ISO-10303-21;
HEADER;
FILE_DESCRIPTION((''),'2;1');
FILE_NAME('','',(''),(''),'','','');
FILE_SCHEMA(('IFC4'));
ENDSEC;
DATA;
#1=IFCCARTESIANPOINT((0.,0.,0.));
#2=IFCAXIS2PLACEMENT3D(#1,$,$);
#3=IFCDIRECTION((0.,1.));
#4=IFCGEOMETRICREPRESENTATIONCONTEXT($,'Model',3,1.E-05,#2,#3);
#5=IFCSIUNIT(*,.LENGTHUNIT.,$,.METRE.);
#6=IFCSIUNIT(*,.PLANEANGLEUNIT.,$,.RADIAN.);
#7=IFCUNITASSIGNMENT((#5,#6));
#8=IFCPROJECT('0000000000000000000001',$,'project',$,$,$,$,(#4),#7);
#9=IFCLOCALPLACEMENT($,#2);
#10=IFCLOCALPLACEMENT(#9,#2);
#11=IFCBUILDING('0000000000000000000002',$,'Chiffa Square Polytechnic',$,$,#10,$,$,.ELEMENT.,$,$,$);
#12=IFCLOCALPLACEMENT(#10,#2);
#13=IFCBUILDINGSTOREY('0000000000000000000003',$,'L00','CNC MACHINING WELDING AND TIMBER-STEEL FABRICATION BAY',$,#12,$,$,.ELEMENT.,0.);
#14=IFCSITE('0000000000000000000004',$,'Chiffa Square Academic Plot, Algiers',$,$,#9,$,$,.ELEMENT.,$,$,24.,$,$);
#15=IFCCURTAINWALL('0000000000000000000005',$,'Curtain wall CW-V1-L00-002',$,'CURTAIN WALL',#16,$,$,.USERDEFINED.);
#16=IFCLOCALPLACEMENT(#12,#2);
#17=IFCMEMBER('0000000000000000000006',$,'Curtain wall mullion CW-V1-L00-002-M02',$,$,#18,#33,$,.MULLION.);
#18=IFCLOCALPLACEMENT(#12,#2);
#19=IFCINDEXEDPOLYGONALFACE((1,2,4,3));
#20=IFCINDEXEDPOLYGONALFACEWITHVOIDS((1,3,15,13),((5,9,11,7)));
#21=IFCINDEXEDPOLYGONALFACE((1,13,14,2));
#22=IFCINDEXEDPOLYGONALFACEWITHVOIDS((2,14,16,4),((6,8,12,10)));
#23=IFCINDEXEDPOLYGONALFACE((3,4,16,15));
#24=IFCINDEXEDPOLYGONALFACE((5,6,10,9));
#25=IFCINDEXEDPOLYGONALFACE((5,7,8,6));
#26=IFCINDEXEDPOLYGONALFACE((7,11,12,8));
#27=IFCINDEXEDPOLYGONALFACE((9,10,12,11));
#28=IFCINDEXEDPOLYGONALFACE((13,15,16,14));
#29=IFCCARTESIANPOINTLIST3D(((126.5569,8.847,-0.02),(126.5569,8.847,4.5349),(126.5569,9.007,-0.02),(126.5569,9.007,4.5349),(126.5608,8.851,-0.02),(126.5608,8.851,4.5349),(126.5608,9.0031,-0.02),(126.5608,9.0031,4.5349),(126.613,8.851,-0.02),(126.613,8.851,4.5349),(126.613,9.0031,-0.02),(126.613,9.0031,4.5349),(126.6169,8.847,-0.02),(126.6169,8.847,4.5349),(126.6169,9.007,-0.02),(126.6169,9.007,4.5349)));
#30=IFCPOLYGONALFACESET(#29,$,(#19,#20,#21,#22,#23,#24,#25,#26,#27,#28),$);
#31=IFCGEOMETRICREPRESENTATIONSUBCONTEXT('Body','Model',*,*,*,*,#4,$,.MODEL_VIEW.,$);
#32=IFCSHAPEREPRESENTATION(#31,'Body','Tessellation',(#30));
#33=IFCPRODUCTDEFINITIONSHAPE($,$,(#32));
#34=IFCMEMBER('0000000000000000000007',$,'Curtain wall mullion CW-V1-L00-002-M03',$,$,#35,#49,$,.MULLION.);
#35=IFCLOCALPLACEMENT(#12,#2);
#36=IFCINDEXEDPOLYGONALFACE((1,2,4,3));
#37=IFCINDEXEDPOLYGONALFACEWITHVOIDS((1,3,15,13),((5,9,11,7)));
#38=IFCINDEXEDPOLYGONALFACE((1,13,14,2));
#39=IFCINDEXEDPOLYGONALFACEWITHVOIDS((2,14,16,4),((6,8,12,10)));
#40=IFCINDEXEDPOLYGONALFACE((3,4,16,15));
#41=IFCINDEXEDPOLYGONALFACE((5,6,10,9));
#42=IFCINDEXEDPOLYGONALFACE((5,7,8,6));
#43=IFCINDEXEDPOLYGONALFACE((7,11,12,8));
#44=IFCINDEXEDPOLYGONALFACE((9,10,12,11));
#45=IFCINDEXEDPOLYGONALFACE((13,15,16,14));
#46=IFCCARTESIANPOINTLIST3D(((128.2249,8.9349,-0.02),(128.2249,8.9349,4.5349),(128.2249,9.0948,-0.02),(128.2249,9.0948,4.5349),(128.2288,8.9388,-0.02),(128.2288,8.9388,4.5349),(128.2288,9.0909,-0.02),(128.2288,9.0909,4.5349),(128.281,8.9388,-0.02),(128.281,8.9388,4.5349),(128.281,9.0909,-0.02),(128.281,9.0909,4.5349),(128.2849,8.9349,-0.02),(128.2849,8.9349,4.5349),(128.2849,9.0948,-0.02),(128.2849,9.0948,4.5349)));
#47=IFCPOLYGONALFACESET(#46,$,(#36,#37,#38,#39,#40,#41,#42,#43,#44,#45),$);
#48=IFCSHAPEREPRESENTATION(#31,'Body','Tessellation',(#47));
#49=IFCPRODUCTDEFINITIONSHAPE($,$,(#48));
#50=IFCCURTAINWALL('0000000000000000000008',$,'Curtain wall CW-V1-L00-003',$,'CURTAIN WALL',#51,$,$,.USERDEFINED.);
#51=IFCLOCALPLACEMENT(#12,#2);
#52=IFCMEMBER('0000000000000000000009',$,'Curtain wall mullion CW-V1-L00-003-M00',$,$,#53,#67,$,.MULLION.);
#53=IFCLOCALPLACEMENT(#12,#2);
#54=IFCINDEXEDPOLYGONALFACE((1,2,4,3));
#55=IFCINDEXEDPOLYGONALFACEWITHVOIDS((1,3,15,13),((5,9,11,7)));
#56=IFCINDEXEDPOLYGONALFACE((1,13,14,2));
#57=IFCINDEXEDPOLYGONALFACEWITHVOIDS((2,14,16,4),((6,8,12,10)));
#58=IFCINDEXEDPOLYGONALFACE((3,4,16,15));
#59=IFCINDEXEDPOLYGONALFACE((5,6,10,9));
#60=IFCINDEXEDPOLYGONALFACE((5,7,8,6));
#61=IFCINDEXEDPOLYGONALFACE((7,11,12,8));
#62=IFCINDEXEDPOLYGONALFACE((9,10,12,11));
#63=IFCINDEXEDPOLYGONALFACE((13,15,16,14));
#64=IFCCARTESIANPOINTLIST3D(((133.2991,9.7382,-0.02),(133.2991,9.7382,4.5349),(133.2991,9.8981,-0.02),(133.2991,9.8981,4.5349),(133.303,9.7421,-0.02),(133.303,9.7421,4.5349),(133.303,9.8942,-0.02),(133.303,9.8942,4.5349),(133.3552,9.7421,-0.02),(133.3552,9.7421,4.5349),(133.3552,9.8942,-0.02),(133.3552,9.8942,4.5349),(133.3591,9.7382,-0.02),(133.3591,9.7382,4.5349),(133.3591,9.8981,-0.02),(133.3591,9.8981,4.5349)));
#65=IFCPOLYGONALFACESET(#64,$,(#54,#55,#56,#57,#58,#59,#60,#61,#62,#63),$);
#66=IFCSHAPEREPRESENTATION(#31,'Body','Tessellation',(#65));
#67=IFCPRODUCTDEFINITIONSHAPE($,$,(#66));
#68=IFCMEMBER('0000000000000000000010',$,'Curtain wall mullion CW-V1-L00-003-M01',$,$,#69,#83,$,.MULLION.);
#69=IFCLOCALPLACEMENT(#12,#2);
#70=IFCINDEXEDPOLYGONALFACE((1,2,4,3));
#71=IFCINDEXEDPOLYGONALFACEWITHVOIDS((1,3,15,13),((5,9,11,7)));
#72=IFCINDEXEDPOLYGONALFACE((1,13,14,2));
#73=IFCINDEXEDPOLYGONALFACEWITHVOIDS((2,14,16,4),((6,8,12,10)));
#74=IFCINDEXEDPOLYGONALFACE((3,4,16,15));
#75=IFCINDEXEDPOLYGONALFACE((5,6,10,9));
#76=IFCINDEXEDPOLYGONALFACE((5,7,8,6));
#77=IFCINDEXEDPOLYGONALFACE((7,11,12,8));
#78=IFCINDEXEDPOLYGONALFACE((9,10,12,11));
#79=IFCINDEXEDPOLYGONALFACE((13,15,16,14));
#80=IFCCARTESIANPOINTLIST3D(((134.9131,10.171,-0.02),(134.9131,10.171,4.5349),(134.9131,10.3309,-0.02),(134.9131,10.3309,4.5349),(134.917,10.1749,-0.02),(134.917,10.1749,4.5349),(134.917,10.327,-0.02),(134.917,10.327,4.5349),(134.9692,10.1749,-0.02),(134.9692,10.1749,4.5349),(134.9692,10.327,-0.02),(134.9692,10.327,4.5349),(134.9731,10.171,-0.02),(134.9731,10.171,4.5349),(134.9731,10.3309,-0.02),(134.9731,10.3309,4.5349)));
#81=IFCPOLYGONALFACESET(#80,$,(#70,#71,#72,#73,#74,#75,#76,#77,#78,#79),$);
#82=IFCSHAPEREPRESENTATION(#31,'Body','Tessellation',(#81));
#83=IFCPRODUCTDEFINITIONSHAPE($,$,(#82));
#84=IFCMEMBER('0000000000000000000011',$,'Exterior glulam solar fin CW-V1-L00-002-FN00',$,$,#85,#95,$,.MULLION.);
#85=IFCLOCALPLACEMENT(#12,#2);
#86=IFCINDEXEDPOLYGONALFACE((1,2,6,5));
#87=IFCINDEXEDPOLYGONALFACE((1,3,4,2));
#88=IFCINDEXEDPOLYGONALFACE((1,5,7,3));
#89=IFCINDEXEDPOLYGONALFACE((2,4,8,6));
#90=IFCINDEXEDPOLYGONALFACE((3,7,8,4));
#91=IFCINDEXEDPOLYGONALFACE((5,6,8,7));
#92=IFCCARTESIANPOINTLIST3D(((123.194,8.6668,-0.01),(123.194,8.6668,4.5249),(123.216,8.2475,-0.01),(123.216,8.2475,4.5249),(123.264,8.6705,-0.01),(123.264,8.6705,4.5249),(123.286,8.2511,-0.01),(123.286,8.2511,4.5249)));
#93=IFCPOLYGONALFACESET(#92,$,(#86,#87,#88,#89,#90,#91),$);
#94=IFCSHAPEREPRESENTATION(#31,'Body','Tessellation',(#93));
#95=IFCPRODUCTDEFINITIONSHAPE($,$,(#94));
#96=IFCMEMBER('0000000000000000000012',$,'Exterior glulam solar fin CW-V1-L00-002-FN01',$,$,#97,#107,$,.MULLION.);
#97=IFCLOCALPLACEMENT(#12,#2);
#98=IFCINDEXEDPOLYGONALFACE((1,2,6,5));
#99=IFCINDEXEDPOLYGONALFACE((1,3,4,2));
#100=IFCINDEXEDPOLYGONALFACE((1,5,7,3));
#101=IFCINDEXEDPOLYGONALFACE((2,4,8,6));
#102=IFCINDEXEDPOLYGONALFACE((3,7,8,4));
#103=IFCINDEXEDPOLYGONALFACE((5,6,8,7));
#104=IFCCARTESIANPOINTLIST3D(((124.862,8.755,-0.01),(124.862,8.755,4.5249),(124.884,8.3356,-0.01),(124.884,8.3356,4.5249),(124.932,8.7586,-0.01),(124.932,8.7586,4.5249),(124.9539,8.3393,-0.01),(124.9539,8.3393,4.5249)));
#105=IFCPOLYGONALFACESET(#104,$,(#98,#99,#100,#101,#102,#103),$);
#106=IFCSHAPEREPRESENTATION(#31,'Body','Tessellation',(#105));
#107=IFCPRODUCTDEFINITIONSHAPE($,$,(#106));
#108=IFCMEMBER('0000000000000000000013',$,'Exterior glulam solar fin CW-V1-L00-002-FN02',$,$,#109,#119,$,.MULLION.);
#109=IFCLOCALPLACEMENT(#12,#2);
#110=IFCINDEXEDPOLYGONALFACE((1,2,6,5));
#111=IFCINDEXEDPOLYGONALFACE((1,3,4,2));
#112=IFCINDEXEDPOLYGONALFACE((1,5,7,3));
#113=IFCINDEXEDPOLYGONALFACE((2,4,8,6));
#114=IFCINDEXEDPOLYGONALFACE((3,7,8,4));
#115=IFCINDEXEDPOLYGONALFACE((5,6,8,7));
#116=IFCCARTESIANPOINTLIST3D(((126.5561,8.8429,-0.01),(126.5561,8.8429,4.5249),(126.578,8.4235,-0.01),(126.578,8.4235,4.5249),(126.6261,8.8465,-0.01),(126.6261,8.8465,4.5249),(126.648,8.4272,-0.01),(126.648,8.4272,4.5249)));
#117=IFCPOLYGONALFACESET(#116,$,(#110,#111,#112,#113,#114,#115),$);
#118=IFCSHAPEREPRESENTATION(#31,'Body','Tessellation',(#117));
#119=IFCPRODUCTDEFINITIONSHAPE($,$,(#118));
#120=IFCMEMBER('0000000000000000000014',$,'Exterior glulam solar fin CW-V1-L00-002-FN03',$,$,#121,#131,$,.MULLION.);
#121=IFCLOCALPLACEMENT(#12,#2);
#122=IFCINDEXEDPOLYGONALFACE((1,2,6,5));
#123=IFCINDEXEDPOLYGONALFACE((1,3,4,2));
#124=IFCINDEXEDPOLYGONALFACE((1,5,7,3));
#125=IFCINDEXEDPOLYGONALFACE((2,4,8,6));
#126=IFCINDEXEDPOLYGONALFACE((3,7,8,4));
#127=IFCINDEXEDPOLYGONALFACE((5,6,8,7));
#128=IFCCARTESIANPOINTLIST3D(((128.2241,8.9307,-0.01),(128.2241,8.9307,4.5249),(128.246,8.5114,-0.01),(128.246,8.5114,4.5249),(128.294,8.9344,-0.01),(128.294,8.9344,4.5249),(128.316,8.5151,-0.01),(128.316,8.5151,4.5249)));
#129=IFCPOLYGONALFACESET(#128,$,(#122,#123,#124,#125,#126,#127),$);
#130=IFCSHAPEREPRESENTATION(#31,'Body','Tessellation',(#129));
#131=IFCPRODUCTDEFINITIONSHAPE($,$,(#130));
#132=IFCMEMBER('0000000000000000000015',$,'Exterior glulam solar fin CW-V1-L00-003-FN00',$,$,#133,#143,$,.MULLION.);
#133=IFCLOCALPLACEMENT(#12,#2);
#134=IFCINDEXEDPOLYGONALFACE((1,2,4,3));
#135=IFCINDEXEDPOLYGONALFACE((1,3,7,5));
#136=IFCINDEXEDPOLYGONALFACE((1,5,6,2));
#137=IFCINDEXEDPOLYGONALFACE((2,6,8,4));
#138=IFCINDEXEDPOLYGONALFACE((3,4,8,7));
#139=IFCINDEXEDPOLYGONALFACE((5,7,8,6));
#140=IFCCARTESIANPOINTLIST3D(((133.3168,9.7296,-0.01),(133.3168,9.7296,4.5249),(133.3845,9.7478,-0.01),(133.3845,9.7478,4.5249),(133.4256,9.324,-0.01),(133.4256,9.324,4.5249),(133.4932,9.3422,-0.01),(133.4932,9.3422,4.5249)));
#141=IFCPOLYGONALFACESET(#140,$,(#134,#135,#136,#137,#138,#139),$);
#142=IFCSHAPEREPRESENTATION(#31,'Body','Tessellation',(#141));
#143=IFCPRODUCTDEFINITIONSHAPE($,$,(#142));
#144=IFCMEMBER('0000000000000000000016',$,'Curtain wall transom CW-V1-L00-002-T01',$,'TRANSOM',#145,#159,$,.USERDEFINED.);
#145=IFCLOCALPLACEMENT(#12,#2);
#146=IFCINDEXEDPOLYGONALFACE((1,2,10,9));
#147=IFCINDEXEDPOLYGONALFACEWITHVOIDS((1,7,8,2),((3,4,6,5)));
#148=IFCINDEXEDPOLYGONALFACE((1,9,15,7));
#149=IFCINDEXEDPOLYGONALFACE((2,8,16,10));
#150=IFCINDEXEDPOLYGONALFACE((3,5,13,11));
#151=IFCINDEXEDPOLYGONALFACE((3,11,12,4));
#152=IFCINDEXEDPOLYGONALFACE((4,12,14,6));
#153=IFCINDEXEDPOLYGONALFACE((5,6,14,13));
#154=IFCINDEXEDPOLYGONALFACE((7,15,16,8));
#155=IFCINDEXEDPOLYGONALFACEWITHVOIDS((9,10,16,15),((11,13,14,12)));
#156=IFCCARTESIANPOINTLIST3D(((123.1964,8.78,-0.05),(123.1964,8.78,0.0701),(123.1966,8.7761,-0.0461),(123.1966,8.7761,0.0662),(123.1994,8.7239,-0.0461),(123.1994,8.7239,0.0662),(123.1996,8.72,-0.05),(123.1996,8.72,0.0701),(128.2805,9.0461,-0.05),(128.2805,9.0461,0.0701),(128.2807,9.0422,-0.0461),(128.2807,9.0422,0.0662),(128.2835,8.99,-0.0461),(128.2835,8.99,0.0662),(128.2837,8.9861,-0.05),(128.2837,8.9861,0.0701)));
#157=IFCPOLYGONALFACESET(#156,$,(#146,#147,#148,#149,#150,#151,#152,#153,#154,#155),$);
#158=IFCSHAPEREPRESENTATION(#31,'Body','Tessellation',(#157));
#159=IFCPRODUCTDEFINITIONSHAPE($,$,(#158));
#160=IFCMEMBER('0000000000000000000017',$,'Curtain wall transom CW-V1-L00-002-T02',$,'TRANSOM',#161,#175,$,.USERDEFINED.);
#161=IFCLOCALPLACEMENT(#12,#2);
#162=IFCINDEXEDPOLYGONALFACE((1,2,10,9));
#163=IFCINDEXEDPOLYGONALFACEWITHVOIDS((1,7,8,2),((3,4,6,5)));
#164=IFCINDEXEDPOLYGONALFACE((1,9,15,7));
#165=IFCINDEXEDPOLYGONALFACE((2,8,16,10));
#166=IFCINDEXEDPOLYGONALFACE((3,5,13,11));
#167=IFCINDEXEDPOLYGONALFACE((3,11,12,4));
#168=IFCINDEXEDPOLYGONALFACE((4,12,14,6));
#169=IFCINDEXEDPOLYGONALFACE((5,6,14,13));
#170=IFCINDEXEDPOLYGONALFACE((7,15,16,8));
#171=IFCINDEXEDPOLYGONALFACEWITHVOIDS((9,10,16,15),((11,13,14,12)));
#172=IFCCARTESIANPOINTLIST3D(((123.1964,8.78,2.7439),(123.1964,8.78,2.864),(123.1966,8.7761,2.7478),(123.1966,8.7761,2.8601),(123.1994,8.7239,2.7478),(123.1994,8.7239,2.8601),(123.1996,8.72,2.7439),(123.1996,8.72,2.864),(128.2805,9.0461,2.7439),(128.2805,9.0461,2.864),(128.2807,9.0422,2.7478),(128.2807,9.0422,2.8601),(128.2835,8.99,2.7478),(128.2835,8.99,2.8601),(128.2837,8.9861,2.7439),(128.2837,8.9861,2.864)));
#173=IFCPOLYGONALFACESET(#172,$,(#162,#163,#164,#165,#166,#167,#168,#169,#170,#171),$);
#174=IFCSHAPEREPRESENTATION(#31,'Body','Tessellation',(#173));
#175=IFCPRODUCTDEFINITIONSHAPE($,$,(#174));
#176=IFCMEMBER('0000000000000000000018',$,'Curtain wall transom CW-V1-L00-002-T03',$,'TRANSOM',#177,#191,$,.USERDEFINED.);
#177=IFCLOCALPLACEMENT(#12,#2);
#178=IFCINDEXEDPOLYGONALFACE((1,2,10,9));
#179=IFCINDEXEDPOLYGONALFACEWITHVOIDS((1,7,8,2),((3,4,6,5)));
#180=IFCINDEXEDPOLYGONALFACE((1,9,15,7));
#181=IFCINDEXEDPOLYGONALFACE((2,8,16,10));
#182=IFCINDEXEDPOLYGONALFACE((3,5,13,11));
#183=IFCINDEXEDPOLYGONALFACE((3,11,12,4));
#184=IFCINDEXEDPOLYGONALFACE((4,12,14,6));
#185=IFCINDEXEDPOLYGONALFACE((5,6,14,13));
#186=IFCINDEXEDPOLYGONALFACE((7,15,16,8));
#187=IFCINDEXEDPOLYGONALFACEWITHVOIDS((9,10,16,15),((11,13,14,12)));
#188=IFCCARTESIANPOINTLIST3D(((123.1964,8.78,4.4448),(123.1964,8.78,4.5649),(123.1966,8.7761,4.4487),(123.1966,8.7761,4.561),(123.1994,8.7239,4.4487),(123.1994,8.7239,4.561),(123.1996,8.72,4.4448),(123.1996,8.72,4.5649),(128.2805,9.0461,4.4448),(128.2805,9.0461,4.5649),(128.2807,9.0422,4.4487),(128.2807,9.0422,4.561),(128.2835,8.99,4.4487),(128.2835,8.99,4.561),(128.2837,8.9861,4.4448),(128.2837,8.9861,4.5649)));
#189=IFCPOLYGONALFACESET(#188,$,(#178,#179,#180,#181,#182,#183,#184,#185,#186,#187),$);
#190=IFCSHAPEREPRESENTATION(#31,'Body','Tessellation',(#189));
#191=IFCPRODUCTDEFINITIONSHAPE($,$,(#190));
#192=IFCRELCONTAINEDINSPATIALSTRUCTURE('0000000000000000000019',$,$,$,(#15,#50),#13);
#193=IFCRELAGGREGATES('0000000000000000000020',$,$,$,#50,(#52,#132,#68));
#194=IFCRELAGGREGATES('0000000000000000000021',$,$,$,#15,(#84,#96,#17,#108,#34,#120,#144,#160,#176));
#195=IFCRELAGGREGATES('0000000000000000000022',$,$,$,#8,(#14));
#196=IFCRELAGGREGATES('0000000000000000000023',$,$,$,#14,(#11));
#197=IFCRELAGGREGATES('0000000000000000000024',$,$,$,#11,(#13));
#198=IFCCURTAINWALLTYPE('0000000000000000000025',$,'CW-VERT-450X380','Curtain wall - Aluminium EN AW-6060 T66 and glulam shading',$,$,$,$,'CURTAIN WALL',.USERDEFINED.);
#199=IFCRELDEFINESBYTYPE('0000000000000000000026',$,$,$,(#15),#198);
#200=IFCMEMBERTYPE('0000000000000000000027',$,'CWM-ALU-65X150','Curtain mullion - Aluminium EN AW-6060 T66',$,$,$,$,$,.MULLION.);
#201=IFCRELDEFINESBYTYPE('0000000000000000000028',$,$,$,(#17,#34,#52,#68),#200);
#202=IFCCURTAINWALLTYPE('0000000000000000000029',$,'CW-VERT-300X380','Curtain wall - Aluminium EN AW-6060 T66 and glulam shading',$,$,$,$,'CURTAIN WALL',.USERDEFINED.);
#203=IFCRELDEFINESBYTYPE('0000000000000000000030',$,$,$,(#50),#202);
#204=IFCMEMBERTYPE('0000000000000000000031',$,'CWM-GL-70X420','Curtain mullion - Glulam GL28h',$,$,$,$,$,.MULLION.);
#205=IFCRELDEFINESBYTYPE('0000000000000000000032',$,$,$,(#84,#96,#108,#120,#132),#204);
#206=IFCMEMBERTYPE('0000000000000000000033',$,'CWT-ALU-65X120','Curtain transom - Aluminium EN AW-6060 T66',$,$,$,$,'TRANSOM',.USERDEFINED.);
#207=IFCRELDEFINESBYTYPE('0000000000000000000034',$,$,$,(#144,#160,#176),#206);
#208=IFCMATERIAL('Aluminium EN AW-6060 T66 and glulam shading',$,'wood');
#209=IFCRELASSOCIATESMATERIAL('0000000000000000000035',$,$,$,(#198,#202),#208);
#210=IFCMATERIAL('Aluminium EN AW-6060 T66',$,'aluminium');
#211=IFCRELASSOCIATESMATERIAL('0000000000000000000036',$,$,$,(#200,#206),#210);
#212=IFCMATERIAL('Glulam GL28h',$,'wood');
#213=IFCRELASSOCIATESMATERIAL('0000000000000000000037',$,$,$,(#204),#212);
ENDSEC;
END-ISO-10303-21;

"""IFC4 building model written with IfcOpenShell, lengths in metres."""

from ifc_helpers import new_model, si_unit, direction, frame, origin, origin_2d, place, context, subcontext, project, spatial, rectangle, hollow_rectangle, extrude, material, material_profile, profile_set, type_object, element, aggregate, save


model = new_model("IFC4")

# Units and contexts
model_context = context("Model", 3, precision=1e-05, world=origin(), true_north=direction((0.0, 1.0)))
body_context = subcontext(model_context, "Body", "Model", "MODEL_VIEW")
ifc_project = project(units=[si_unit("LENGTHUNIT", "METRE"), si_unit("PLANEANGLEUNIT", "RADIAN")], contexts=[model_context])

# Site, building, storey
site_placement = place(None, origin())
site = spatial("IfcSite", under=ifc_project, at=site_placement, Name="Chiffa Square Academic Plot, Algiers", CompositionType="ELEMENT", RefElevation=24.0)
building_placement = place(site_placement, origin())
building = spatial("IfcBuilding", under=site, at=building_placement, Name="Chiffa Square Polytechnic", CompositionType="ELEMENT")
storey_placement = place(building_placement, origin())
storey = spatial("IfcBuildingStorey", under=building, at=storey_placement, Name="L00", Description="CNC MACHINING WELDING AND TIMBER-STEEL FABRICATION BAY", CompositionType="ELEMENT", Elevation=0.0)

# Curtain walls, members
ifc_material_1 = material(Name="Aluminium EN AW-6060 T66 and glulam shading", Category="wood")
curtain_wall_type_1 = type_object("IfcCurtainWallType", Name="CW-VERT-450X380", Description="Curtain wall - Aluminium EN AW-6060 T66 and glulam shading", ElementType="CURTAIN WALL", PredefinedType="USERDEFINED", material=ifc_material_1)
curtain_wall_1_placement = place(storey_placement, origin())
curtain_wall_1 = element("IfcCurtainWall", 1, at=curtain_wall_1_placement, inside=storey, type_object=curtain_wall_type_1, Name="Curtain wall CW-V1-L00-002", ObjectType="CURTAIN WALL", PredefinedType="USERDEFINED")
ifc_material_2 = material(Name="Aluminium EN AW-6060 T66", Category="aluminium")
ifc_material_profile_1 = material_profile(ifc_material_2, hollow_rectangle(XDim=0.0601, YDim=0.1599, WallThickness=0.0039, at=origin_2d()), Name="ALU 60x160x4")
ifc_profile_set_1 = profile_set([ifc_material_profile_1], Name="Aluminium EN AW-6060 T66")
member_type_1 = type_object("IfcMemberType", Name="CWM-ALU-65X150", Description="Curtain mullion - Aluminium EN AW-6060 T66", PredefinedType="MULLION", material=ifc_profile_set_1)
member_1_placement = place(storey_placement, frame((126.5869, 8.927, -0.02), z_axis=(0.0, 0.0, 1.0), x_axis=(1.0, 0.0, 0.0)))
member_1 = element("IfcMember", 2, at=member_1_placement, type_object=member_type_1, Name="Curtain wall mullion CW-V1-L00-002-M02", PredefinedType="MULLION", context=body_context, shape_type="SweptSolid", body=[
    extrude(hollow_rectangle(XDim=0.0601, YDim=0.1599, WallThickness=0.0039, at=origin_2d()), origin(), (0.0, 0.0, 1.0), 4.5549),
])
member_2_placement = place(storey_placement, frame((128.2549, 9.0149, -0.02), z_axis=(0.0, 0.0, 1.0), x_axis=(1.0, 0.0, 0.0)))
member_2 = element("IfcMember", 3, at=member_2_placement, type_object=member_type_1, Name="Curtain wall mullion CW-V1-L00-002-M03", PredefinedType="MULLION", context=body_context, shape_type="SweptSolid", body=[
    extrude(hollow_rectangle(XDim=0.0601, YDim=0.1599, WallThickness=0.0039, at=origin_2d()), origin(), (0.0, 0.0, 1.0), 4.5549),
])
curtain_wall_type_2 = type_object("IfcCurtainWallType", Name="CW-VERT-300X380", Description="Curtain wall - Aluminium EN AW-6060 T66 and glulam shading", ElementType="CURTAIN WALL", PredefinedType="USERDEFINED", material=ifc_material_1)
curtain_wall_2_placement = place(storey_placement, origin())
curtain_wall_2 = element("IfcCurtainWall", 4, at=curtain_wall_2_placement, inside=storey, type_object=curtain_wall_type_2, Name="Curtain wall CW-V1-L00-003", ObjectType="CURTAIN WALL", PredefinedType="USERDEFINED")
member_3_placement = place(storey_placement, frame((133.3291, 9.8181, -0.02), z_axis=(0.0, 0.0, 1.0), x_axis=(1.0, 0.0, 0.0)))
member_3 = element("IfcMember", 5, at=member_3_placement, type_object=member_type_1, Name="Curtain wall mullion CW-V1-L00-003-M00", PredefinedType="MULLION", context=body_context, shape_type="SweptSolid", body=[
    extrude(hollow_rectangle(XDim=0.0601, YDim=0.1599, WallThickness=0.0039, at=origin_2d()), origin(), (0.0, 0.0, 1.0), 4.5549),
])
member_4_placement = place(storey_placement, frame((134.9431, 10.251, -0.02), z_axis=(0.0, 0.0, 1.0), x_axis=(1.0, 0.0, 0.0)))
member_4 = element("IfcMember", 6, at=member_4_placement, type_object=member_type_1, Name="Curtain wall mullion CW-V1-L00-003-M01", PredefinedType="MULLION", context=body_context, shape_type="SweptSolid", body=[
    extrude(hollow_rectangle(XDim=0.0601, YDim=0.1599, WallThickness=0.0039, at=origin_2d()), origin(), (0.0, 0.0, 1.0), 4.5549),
])

# Members
ifc_material_3 = material(Name="Glulam GL28h", Category="wood")
ifc_material_profile_2 = material_profile(ifc_material_3, rectangle(XDim=0.0701, YDim=0.4199, at=origin_2d()), Name="GL28h 70x420")
ifc_profile_set_2 = profile_set([ifc_material_profile_2], Name="Glulam GL28h")
member_type_2 = type_object("IfcMemberType", Name="CWM-GL-70X420", Description="Curtain mullion - Glulam GL28h", PredefinedType="MULLION", material=ifc_profile_set_2)
member_5_placement = place(storey_placement, frame((123.24, 8.459, -0.01), z_axis=(0.0, 0.0, 1.0), x_axis=(0.998632, 0.052284, 0.0)))
member_5 = element("IfcMember", 7, at=member_5_placement, type_object=member_type_2, Name="Exterior glulam solar fin CW-V1-L00-002-FN00", PredefinedType="MULLION", context=body_context, shape_type="SweptSolid", body=[
    extrude(rectangle(XDim=0.0701, YDim=0.4199, at=origin_2d()), origin(), (0.0, 0.0, 1.0), 4.5349),
])
member_6_placement = place(storey_placement, frame((124.908, 8.5471, -0.01), z_axis=(0.0, 0.0, 1.0), x_axis=(0.998632, 0.052284, 0.0)))
member_6 = element("IfcMember", 8, at=member_6_placement, type_object=member_type_2, Name="Exterior glulam solar fin CW-V1-L00-002-FN01", PredefinedType="MULLION", context=body_context, shape_type="SweptSolid", body=[
    extrude(rectangle(XDim=0.0701, YDim=0.4199, at=origin_2d()), origin(), (0.0, 0.0, 1.0), 4.5349),
])
member_7_placement = place(storey_placement, frame((126.6021, 8.635, -0.01), z_axis=(0.0, 0.0, 1.0), x_axis=(0.998632, 0.052284, 0.0)))
member_7 = element("IfcMember", 9, at=member_7_placement, type_object=member_type_2, Name="Exterior glulam solar fin CW-V1-L00-002-FN02", PredefinedType="MULLION", context=body_context, shape_type="SweptSolid", body=[
    extrude(rectangle(XDim=0.0701, YDim=0.4199, at=origin_2d()), origin(), (0.0, 0.0, 1.0), 4.5349),
])
member_8_placement = place(storey_placement, frame((128.27, 8.7229, -0.01), z_axis=(0.0, 0.0, 1.0), x_axis=(0.998632, 0.052284, 0.0)))
member_8 = element("IfcMember", 10, at=member_8_placement, type_object=member_type_2, Name="Exterior glulam solar fin CW-V1-L00-002-FN03", PredefinedType="MULLION", context=body_context, shape_type="SweptSolid", body=[
    extrude(rectangle(XDim=0.0701, YDim=0.4199, at=origin_2d()), origin(), (0.0, 0.0, 1.0), 4.5349),
])
member_9_placement = place(storey_placement, frame((133.405, 9.5359, -0.01), z_axis=(0.0, 0.0, 1.0), x_axis=(0.965899, 0.25892, 0.0)))
member_9 = element("IfcMember", 11, at=member_9_placement, type_object=member_type_2, Name="Exterior glulam solar fin CW-V1-L00-003-FN00", PredefinedType="MULLION", context=body_context, shape_type="SweptSolid", body=[
    extrude(rectangle(XDim=0.0701, YDim=0.4199, at=origin_2d()), origin(), (0.0, 0.0, 1.0), 4.5349),
])
ifc_material_profile_3 = material_profile(ifc_material_2, hollow_rectangle(XDim=0.0601, YDim=0.1201, WallThickness=0.0039, at=origin_2d()), Name="ALU 60x120x4")
ifc_profile_set_3 = profile_set([ifc_material_profile_3], Name="Aluminium EN AW-6060 T66")
member_type_3 = type_object("IfcMemberType", Name="CWT-ALU-65X120", Description="Curtain transom - Aluminium EN AW-6060 T66", ElementType="TRANSOM", PredefinedType="USERDEFINED", material=ifc_profile_set_3)
member_10_placement = place(storey_placement, frame((123.198, 8.75, 0.01), z_axis=(0.998633, 0.052272, 0.0), x_axis=(-0.052272, 0.998633, 0.0)))
member_10 = element("IfcMember", 12, at=member_10_placement, type_object=member_type_3, Name="Curtain wall transom CW-V1-L00-002-T01", ObjectType="TRANSOM", PredefinedType="USERDEFINED", context=body_context, shape_type="SweptSolid", body=[
    extrude(hollow_rectangle(XDim=0.0601, YDim=0.1201, WallThickness=0.0039, at=origin_2d()), origin(), (0.0, 0.0, 1.0), 5.0911),
])
member_11_placement = place(storey_placement, frame((123.198, 8.75, 2.804), z_axis=(0.998633, 0.052272, 0.0), x_axis=(-0.052272, 0.998633, 0.0)))
member_11 = element("IfcMember", 13, at=member_11_placement, type_object=member_type_3, Name="Curtain wall transom CW-V1-L00-002-T02", ObjectType="TRANSOM", PredefinedType="USERDEFINED", context=body_context, shape_type="SweptSolid", body=[
    extrude(hollow_rectangle(XDim=0.0601, YDim=0.1201, WallThickness=0.0039, at=origin_2d()), origin(), (0.0, 0.0, 1.0), 5.0911),
])
member_12_placement = place(storey_placement, frame((123.198, 8.75, 4.5049), z_axis=(0.998633, 0.052272, 0.0), x_axis=(-0.052272, 0.998633, 0.0)))
member_12 = element("IfcMember", 14, at=member_12_placement, type_object=member_type_3, Name="Curtain wall transom CW-V1-L00-002-T03", ObjectType="TRANSOM", PredefinedType="USERDEFINED", context=body_context, shape_type="SweptSolid", body=[
    extrude(hollow_rectangle(XDim=0.0601, YDim=0.1201, WallThickness=0.0039, at=origin_2d()), origin(), (0.0, 0.0, 1.0), 5.0911),
])

aggregate(curtain_wall_2, [member_3, member_9, member_4])
aggregate(curtain_wall_1, [member_5, member_6, member_1, member_7, member_2, member_8, member_10, member_11, member_12])

save(model, "model.ifc")
